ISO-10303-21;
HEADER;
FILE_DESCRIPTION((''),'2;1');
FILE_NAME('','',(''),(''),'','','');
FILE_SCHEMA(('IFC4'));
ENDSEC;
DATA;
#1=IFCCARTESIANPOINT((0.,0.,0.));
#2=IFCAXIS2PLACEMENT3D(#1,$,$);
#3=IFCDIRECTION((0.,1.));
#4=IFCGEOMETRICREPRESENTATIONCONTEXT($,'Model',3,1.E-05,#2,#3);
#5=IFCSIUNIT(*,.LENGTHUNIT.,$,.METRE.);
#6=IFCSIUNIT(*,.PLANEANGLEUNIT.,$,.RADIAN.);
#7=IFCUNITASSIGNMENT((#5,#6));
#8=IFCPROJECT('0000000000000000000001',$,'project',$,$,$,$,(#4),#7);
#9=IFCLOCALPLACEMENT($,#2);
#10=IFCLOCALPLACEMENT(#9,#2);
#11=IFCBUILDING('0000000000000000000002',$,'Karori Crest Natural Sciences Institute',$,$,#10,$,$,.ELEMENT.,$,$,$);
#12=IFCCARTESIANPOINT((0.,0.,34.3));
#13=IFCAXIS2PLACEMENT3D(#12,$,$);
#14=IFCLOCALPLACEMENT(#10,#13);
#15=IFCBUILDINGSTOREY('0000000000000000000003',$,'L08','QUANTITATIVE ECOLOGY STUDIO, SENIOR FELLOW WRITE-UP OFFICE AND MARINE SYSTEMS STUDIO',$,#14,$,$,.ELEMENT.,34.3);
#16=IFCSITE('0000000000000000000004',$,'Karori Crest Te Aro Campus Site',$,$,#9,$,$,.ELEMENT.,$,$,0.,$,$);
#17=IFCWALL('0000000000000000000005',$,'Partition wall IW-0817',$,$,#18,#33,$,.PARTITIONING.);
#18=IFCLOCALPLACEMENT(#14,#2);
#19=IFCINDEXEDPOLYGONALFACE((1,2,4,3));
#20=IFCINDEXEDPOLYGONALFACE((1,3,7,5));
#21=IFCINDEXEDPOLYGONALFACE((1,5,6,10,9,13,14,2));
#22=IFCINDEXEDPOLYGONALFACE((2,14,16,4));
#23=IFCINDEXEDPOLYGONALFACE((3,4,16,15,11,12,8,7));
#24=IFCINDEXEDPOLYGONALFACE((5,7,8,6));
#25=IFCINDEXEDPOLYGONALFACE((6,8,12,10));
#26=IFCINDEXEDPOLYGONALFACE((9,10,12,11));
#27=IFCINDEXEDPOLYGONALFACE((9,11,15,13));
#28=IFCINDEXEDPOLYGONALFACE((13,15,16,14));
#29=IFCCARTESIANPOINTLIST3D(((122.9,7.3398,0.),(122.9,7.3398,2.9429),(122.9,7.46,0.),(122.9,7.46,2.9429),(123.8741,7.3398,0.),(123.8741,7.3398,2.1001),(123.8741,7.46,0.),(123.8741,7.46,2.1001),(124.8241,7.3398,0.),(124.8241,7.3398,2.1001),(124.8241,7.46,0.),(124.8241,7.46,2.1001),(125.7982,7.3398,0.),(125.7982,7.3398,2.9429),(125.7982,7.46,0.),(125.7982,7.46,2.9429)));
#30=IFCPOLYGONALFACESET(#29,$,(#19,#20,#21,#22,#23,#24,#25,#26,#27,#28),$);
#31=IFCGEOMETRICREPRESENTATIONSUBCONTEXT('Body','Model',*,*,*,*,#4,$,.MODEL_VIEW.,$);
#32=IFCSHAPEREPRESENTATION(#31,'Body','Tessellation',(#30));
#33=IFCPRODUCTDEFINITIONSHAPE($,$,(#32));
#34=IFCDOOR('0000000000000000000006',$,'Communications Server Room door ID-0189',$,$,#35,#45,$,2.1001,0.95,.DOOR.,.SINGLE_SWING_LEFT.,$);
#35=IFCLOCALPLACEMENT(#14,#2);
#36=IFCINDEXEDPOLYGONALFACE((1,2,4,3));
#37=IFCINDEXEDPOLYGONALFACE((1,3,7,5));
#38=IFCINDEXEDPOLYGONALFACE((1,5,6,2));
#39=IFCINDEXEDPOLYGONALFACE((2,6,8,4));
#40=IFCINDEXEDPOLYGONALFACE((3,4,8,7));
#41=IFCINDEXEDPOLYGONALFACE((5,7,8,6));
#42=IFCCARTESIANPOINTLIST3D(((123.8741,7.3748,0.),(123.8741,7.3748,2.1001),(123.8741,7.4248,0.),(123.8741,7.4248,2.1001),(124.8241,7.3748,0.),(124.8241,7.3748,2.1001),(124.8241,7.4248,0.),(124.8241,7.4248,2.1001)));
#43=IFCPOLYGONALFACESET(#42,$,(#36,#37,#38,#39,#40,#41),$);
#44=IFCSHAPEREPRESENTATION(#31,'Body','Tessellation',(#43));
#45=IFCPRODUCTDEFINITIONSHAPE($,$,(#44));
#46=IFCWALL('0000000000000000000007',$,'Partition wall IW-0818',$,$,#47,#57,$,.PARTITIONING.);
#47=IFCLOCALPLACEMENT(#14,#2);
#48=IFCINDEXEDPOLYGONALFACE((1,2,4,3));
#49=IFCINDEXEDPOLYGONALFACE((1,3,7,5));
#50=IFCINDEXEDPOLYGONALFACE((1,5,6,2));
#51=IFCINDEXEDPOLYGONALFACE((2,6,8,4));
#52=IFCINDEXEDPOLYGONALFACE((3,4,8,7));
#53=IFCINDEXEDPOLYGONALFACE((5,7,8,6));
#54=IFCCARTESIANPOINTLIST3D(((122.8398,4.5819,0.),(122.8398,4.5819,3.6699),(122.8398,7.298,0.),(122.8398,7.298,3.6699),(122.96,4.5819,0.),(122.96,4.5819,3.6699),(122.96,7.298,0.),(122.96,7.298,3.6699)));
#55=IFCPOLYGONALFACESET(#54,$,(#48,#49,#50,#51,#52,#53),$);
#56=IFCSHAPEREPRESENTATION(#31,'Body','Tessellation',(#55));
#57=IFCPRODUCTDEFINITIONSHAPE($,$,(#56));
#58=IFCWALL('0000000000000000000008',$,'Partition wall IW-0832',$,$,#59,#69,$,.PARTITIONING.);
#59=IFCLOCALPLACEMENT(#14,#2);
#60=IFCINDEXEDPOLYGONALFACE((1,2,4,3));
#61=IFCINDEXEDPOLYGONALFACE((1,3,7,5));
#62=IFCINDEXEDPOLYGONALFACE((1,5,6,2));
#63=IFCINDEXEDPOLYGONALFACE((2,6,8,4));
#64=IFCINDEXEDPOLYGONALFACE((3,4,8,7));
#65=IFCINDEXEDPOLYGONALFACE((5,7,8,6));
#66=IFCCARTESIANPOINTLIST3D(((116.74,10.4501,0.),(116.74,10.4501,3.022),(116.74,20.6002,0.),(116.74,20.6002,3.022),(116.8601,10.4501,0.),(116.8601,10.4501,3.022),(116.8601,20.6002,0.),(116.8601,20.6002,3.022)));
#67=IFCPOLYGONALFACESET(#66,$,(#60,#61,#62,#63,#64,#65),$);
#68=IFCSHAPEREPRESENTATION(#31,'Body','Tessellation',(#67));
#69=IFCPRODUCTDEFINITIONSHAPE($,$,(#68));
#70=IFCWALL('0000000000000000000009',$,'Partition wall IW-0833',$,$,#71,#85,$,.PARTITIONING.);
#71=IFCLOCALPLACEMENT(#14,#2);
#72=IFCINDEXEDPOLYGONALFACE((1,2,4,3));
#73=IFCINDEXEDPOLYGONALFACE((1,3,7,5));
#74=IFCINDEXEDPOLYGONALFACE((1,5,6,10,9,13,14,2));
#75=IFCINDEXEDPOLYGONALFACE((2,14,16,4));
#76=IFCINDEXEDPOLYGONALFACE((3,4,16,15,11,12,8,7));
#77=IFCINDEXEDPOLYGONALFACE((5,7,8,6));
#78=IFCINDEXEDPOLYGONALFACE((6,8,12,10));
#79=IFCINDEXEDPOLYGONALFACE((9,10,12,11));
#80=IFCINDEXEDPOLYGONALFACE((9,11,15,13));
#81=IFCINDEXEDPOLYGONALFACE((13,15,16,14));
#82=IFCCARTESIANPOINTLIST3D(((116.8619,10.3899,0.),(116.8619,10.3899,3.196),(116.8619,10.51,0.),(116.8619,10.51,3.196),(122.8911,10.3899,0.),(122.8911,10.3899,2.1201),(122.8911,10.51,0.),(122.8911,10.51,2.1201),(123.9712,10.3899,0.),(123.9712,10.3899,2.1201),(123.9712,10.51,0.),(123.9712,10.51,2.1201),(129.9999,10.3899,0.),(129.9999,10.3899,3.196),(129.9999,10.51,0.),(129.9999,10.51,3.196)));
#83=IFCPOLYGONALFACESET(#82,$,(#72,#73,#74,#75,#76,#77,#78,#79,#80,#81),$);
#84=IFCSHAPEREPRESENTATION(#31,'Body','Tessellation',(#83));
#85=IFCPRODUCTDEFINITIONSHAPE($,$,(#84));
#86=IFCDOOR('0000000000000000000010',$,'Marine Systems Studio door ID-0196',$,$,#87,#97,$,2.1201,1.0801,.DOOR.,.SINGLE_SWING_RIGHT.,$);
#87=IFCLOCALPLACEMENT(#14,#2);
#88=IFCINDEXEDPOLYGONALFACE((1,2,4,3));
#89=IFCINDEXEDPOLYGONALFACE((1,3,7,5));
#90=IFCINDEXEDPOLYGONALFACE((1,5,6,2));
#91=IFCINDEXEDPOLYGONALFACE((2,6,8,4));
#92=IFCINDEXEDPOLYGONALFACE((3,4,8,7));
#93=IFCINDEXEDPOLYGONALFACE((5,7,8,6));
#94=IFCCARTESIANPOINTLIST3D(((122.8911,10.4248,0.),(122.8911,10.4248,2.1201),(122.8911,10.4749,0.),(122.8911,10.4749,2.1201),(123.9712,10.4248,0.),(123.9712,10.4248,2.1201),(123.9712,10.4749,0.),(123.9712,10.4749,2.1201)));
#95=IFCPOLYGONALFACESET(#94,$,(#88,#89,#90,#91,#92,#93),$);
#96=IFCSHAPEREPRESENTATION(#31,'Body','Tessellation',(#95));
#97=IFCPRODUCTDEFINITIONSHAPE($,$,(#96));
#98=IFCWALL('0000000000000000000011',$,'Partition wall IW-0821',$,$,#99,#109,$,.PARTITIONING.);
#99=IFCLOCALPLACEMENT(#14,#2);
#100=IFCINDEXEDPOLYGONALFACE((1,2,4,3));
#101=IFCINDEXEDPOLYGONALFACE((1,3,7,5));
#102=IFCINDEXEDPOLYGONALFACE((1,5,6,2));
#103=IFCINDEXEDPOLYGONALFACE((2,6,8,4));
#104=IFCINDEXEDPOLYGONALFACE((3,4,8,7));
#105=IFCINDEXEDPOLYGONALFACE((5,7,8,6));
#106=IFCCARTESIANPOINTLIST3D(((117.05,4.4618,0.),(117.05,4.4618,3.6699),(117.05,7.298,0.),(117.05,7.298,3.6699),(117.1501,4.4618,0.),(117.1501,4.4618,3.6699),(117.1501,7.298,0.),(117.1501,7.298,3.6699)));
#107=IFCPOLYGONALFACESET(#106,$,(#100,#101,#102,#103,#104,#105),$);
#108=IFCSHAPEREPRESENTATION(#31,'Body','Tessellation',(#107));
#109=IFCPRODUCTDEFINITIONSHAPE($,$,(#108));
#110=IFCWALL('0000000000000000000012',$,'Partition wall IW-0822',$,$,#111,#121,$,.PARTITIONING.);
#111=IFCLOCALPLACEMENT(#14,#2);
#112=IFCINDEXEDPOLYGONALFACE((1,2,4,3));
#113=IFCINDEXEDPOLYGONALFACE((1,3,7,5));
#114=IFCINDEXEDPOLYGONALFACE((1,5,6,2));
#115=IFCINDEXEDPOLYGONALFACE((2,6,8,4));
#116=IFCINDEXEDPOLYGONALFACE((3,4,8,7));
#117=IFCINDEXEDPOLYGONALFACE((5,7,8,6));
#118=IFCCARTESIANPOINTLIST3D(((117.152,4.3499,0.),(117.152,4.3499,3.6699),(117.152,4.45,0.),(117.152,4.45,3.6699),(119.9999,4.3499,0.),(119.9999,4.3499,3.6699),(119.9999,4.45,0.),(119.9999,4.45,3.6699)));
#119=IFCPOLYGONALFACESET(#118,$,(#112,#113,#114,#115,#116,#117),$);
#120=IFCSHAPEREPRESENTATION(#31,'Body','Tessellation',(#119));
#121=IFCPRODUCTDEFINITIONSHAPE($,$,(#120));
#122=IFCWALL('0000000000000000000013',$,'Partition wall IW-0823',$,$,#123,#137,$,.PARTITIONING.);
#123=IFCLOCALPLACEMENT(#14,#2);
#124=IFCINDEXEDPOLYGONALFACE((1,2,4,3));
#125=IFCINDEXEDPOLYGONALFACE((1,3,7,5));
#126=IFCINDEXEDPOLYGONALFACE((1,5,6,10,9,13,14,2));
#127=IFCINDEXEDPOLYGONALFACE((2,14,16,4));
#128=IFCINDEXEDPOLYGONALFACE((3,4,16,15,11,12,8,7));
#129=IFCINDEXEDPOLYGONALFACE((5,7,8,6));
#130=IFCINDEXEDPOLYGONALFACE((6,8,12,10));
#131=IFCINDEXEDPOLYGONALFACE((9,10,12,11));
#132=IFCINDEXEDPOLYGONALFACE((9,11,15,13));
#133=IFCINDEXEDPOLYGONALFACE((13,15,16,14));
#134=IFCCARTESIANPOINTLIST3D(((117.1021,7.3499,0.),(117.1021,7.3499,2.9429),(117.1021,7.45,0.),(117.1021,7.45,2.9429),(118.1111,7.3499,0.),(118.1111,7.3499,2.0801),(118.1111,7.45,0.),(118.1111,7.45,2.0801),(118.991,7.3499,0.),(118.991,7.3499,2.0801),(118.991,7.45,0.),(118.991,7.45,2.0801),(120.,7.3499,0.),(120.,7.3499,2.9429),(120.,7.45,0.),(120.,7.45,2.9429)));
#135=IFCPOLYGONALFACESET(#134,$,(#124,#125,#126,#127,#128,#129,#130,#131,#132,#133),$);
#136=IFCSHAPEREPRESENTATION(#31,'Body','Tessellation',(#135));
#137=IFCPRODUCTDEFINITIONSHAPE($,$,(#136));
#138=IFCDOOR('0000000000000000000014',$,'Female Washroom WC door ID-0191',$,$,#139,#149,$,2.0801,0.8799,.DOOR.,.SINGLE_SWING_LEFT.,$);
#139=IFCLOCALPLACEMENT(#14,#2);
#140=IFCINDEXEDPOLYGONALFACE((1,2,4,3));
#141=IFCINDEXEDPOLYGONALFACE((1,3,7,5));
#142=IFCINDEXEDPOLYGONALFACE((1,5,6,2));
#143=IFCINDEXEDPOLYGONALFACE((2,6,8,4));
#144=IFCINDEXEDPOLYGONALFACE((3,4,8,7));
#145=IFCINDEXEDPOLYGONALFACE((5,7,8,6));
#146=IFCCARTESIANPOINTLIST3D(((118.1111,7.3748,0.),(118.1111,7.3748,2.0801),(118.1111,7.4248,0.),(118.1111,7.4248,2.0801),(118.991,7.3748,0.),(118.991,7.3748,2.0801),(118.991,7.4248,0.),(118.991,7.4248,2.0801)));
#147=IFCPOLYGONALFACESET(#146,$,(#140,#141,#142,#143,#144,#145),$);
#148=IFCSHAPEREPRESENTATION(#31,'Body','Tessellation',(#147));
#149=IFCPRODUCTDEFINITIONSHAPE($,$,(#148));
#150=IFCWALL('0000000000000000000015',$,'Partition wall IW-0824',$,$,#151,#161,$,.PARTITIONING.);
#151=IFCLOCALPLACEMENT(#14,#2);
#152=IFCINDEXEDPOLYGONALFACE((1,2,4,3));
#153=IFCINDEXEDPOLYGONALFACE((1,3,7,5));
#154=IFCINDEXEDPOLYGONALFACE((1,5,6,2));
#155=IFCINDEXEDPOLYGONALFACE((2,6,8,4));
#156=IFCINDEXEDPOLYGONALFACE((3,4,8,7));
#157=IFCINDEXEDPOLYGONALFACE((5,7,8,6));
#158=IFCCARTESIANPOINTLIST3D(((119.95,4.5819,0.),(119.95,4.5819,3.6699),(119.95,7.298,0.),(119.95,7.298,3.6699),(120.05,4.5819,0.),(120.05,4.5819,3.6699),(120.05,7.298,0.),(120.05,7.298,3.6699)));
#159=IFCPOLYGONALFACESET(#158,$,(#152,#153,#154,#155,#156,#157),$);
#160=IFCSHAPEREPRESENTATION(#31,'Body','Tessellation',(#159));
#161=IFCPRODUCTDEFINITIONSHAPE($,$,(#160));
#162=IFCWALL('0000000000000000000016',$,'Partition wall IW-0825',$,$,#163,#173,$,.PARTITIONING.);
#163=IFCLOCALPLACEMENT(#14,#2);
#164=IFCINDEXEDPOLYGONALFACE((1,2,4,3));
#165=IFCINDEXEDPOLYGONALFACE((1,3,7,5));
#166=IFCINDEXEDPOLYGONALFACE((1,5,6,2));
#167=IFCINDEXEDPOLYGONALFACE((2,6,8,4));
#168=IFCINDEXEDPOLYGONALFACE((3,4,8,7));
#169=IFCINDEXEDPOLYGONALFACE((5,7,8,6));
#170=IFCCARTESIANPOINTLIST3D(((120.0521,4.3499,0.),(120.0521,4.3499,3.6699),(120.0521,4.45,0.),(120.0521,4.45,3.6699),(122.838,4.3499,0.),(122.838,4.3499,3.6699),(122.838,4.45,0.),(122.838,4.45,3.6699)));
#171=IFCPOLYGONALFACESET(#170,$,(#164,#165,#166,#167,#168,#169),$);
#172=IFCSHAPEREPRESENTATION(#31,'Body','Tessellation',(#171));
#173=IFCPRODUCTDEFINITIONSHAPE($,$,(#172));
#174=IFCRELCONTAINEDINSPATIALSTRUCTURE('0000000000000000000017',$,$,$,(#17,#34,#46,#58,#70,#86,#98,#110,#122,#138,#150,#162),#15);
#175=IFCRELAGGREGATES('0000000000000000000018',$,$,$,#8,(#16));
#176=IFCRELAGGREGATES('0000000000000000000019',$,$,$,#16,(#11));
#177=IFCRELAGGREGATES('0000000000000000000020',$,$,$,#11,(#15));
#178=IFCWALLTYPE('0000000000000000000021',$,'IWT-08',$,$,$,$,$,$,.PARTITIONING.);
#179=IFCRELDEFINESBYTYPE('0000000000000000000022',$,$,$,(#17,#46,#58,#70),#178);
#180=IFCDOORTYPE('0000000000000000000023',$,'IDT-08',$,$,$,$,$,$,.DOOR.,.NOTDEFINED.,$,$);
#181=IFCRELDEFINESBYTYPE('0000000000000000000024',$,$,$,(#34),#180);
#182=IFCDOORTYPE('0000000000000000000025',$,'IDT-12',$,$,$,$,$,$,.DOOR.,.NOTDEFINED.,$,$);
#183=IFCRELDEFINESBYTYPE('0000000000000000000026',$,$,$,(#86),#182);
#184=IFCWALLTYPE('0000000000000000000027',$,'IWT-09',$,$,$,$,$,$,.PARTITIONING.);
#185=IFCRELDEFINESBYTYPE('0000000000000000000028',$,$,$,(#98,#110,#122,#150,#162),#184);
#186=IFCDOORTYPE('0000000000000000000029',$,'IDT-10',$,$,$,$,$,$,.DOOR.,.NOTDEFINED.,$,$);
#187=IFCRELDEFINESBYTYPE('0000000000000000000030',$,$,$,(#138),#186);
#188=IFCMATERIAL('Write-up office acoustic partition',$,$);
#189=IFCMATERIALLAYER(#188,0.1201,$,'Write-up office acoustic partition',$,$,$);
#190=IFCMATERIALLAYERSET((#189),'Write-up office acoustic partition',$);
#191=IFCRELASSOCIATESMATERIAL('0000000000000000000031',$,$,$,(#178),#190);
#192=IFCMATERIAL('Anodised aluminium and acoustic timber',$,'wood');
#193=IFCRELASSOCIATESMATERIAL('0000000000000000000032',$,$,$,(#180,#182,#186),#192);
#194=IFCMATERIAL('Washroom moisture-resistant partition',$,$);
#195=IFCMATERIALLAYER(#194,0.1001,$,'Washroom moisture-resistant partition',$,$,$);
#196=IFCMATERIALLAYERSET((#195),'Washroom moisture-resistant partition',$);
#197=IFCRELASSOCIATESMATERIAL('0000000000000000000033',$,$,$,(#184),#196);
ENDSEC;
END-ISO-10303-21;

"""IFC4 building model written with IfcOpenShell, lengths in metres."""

from ifc_helpers import new_model, si_unit, direction, frame, frame_2d, origin, place, context, subcontext, project, spatial, rectangle, extrude, material, layer, layer_set, type_object, element, fill, save


model = new_model("IFC4")

# Units and contexts
model_context = context("Model", 3, precision=1e-05, world=origin(), true_north=direction((0.0, 1.0)))
body_context = subcontext(model_context, "Body", "Model", "MODEL_VIEW")
ifc_project = project(units=[si_unit("LENGTHUNIT", "METRE"), si_unit("PLANEANGLEUNIT", "RADIAN")], contexts=[model_context])

# Site, building, storey
site_placement = place(None, origin())
site = spatial("IfcSite", under=ifc_project, at=site_placement, Name="Karori Crest Te Aro Campus Site", CompositionType="ELEMENT", RefElevation=0.0)
building_placement = place(site_placement, origin())
building = spatial("IfcBuilding", under=site, at=building_placement, Name="Karori Crest Natural Sciences Institute", CompositionType="ELEMENT")
storey_placement = place(building_placement, frame((0.0, 0.0, 34.3)))
storey = spatial("IfcBuildingStorey", under=building, at=storey_placement, Name="L08", Description="QUANTITATIVE ECOLOGY STUDIO, SENIOR FELLOW WRITE-UP OFFICE AND MARINE SYSTEMS STUDIO", CompositionType="ELEMENT", Elevation=34.3)

# Shared definitions
ifc_material_1 = material(Name="Write-up office acoustic partition")
ifc_layer_1 = layer(ifc_material_1, 0.1201, Name="Write-up office acoustic partition")
ifc_layer_set_1 = layer_set([ifc_layer_1], Name="Write-up office acoustic partition")
wall_type_1 = type_object("IfcWallType", Name="IWT-08", PredefinedType="PARTITIONING", material=ifc_layer_set_1)

# Wall, opening, door
wall_1_placement = place(storey_placement, frame((122.8999, 7.3999, 0.0), z_axis=(0.0, 0.0, 1.0), x_axis=(1.0, 0.0, 0.0)))
wall_1 = element("IfcWall", 1, at=wall_1_placement, inside=storey, type_object=wall_type_1, Name="Partition wall IW-0817", PredefinedType="PARTITIONING", context=body_context, shape_type="SweptSolid", body=[
    extrude(rectangle(XDim=2.8982, YDim=0.1201, at=frame_2d((1.4492, 0.0))), origin(), (0.0, 0.0, 1.0), 2.9429),
])
opening_1_placement = place(wall_1_placement, frame((0.9741, 0.0, 0.0)))
opening_1 = element("IfcOpeningElement", 2, at=opening_1_placement, cuts=wall_1, PredefinedType="OPENING", context=body_context, shape_type="SweptSolid", body=[
    extrude(rectangle(XDim=0.95, YDim=2.1001, at=frame_2d((0.4751, 1.05))), frame((0.0, 0.0701, 0.0), z_axis=(0.0, -1.0, 0.0), x_axis=(1.0, 0.0, 0.0)), (0.0, 0.0, 1.0), 0.1401),
])
ifc_material_2 = material(Name="Anodised aluminium and acoustic timber", Category="wood")
door_type_1 = type_object("IfcDoorType", Name="IDT-08", OperationType="NOTDEFINED", PredefinedType="DOOR", material=ifc_material_2)
door_1_placement = place(opening_1_placement, origin())
door_1 = element("IfcDoor", 3, at=door_1_placement, inside=storey, type_object=door_type_1, Name="Communications Server Room door ID-0189", OperationType="SINGLE_SWING_LEFT", OverallHeight=2.1001, OverallWidth=0.95, PredefinedType="DOOR", context=body_context, shape_type="SweptSolid", body=[
    extrude(rectangle(XDim=0.95, YDim=2.1001, at=frame_2d((0.4751, 1.05))), frame((0.0, 0.0249, 0.0), z_axis=(0.0, -1.0, 0.0), x_axis=(1.0, 0.0, 0.0)), (0.0, 0.0, 1.0), 0.05),
])
fill(opening_1, door_1)

# Walls
wall_2_placement = place(storey_placement, frame((122.8999, 4.582, 0.0), z_axis=(0.0, 0.0, 1.0), x_axis=(0.0, 1.0, 0.0)))
element("IfcWall", 4, at=wall_2_placement, inside=storey, type_object=wall_type_1, Name="Partition wall IW-0818", PredefinedType="PARTITIONING", context=body_context, shape_type="SweptSolid", body=[
    extrude(rectangle(XDim=2.7161, YDim=0.1201, at=frame_2d((1.3579, 0.0))), origin(), (0.0, 0.0, 1.0), 3.6699),
])
wall_3_placement = place(storey_placement, frame((116.8, 10.45, 0.0), z_axis=(0.0, 0.0, 1.0), x_axis=(0.0, 1.0, 0.0)))
element("IfcWall", 5, at=wall_3_placement, inside=storey, type_object=wall_type_1, Name="Partition wall IW-0832", PredefinedType="PARTITIONING", context=body_context, shape_type="SweptSolid", body=[
    extrude(rectangle(XDim=10.1501, YDim=0.1201, at=frame_2d((5.0752, 0.0))), origin(), (0.0, 0.0, 1.0), 3.022),
])

# Wall, opening, door
wall_4_placement = place(storey_placement, frame((116.8621, 10.45, 0.0), z_axis=(0.0, 0.0, 1.0), x_axis=(1.0, 0.0, 0.0)))
wall_4 = element("IfcWall", 6, at=wall_4_placement, inside=storey, type_object=wall_type_1, Name="Partition wall IW-0833", PredefinedType="PARTITIONING", context=body_context, shape_type="SweptSolid", body=[
    extrude(rectangle(XDim=13.1379, YDim=0.1201, at=frame_2d((6.5688, 0.0))), origin(), (0.0, 0.0, 1.0), 3.196),
])
opening_2_placement = place(wall_4_placement, frame((6.0291, 0.0, 0.0)))
opening_2 = element("IfcOpeningElement", 7, at=opening_2_placement, cuts=wall_4, PredefinedType="OPENING", context=body_context, shape_type="SweptSolid", body=[
    extrude(rectangle(XDim=1.0801, YDim=2.1201, at=frame_2d((0.54, 1.0601))), frame((0.0, 0.0701, 0.0), z_axis=(0.0, -1.0, 0.0), x_axis=(1.0, 0.0, 0.0)), (0.0, 0.0, 1.0), 0.1401),
])
door_type_2 = type_object("IfcDoorType", Name="IDT-12", OperationType="NOTDEFINED", PredefinedType="DOOR", material=ifc_material_2)
door_2_placement = place(opening_2_placement, origin())
door_2 = element("IfcDoor", 8, at=door_2_placement, inside=storey, type_object=door_type_2, Name="Marine Systems Studio door ID-0196", OperationType="SINGLE_SWING_RIGHT", OverallHeight=2.1201, OverallWidth=1.0801, PredefinedType="DOOR", context=body_context, shape_type="SweptSolid", body=[
    extrude(rectangle(XDim=1.0801, YDim=2.1201, at=frame_2d((0.54, 1.0601))), frame((0.0, 0.0249, 0.0), z_axis=(0.0, -1.0, 0.0), x_axis=(1.0, 0.0, 0.0)), (0.0, 0.0, 1.0), 0.05),
])
fill(opening_2, door_2)

# Walls
ifc_material_3 = material(Name="Washroom moisture-resistant partition")
ifc_layer_2 = layer(ifc_material_3, 0.1001, Name="Washroom moisture-resistant partition")
ifc_layer_set_2 = layer_set([ifc_layer_2], Name="Washroom moisture-resistant partition")
wall_type_2 = type_object("IfcWallType", Name="IWT-09", PredefinedType="PARTITIONING", material=ifc_layer_set_2)
wall_5_placement = place(storey_placement, frame((117.1001, 4.4619, 0.0), z_axis=(0.0, 0.0, 1.0), x_axis=(0.0, 1.0, 0.0)))
element("IfcWall", 9, at=wall_5_placement, inside=storey, type_object=wall_type_2, Name="Partition wall IW-0821", PredefinedType="PARTITIONING", context=body_context, shape_type="SweptSolid", body=[
    extrude(rectangle(XDim=2.8362, YDim=0.1001, at=frame_2d((1.418, 0.0))), origin(), (0.0, 0.0, 1.0), 3.6699),
])
wall_6_placement = place(storey_placement, frame((117.1521, 4.3999, 0.0), z_axis=(0.0, 0.0, 1.0), x_axis=(1.0, 0.0, 0.0)))
element("IfcWall", 10, at=wall_6_placement, inside=storey, type_object=wall_type_2, Name="Partition wall IW-0822", PredefinedType="PARTITIONING", context=body_context, shape_type="SweptSolid", body=[
    extrude(rectangle(XDim=2.8479, YDim=0.1001, at=frame_2d((1.4238, 0.0))), origin(), (0.0, 0.0, 1.0), 3.6699),
])

# Wall, opening, door
wall_7_placement = place(storey_placement, frame((117.1021, 7.3999, 0.0), z_axis=(0.0, 0.0, 1.0), x_axis=(1.0, 0.0, 0.0)))
wall_7 = element("IfcWall", 11, at=wall_7_placement, inside=storey, type_object=wall_type_2, Name="Partition wall IW-0823", PredefinedType="PARTITIONING", context=body_context, shape_type="SweptSolid", body=[
    extrude(rectangle(XDim=2.8979, YDim=0.1001, at=frame_2d((1.449, 0.0))), origin(), (0.0, 0.0, 1.0), 2.9429),
])
opening_3_placement = place(wall_7_placement, frame((1.009, 0.0, 0.0)))
opening_3 = element("IfcOpeningElement", 12, at=opening_3_placement, cuts=wall_7, PredefinedType="OPENING", context=body_context, shape_type="SweptSolid", body=[
    extrude(rectangle(XDim=0.8799, YDim=2.0801, at=frame_2d((0.4399, 1.04))), frame((0.0, 0.0601, 0.0), z_axis=(0.0, -1.0, 0.0), x_axis=(1.0, 0.0, 0.0)), (0.0, 0.0, 1.0), 0.1201),
])
door_type_3 = type_object("IfcDoorType", Name="IDT-10", OperationType="NOTDEFINED", PredefinedType="DOOR", material=ifc_material_2)
door_3_placement = place(opening_3_placement, origin())
door_3 = element("IfcDoor", 13, at=door_3_placement, inside=storey, type_object=door_type_3, Name="Female Washroom WC door ID-0191", OperationType="SINGLE_SWING_LEFT", OverallHeight=2.0801, OverallWidth=0.8799, PredefinedType="DOOR", context=body_context, shape_type="SweptSolid", body=[
    extrude(rectangle(XDim=0.8799, YDim=2.0801, at=frame_2d((0.4399, 1.04))), frame((0.0, 0.0249, 0.0), z_axis=(0.0, -1.0, 0.0), x_axis=(1.0, 0.0, 0.0)), (0.0, 0.0, 1.0), 0.05),
])
fill(opening_3, door_3)

# Walls
wall_8_placement = place(storey_placement, frame((120.0, 4.582, 0.0), z_axis=(0.0, 0.0, 1.0), x_axis=(0.0, 1.0, 0.0)))
element("IfcWall", 14, at=wall_8_placement, inside=storey, type_object=wall_type_2, Name="Partition wall IW-0824", PredefinedType="PARTITIONING", context=body_context, shape_type="SweptSolid", body=[
    extrude(rectangle(XDim=2.7161, YDim=0.1001, at=frame_2d((1.3579, 0.0))), origin(), (0.0, 0.0, 1.0), 3.6699),
])
wall_9_placement = place(storey_placement, frame((120.052, 4.3999, 0.0), z_axis=(0.0, 0.0, 1.0), x_axis=(1.0, 0.0, 0.0)))
element("IfcWall", 15, at=wall_9_placement, inside=storey, type_object=wall_type_2, Name="Partition wall IW-0825", PredefinedType="PARTITIONING", context=body_context, shape_type="SweptSolid", body=[
    extrude(rectangle(XDim=2.7859, YDim=0.1001, at=frame_2d((1.3931, 0.0))), origin(), (0.0, 0.0, 1.0), 3.6699),
])

save(model, "model.ifc")
